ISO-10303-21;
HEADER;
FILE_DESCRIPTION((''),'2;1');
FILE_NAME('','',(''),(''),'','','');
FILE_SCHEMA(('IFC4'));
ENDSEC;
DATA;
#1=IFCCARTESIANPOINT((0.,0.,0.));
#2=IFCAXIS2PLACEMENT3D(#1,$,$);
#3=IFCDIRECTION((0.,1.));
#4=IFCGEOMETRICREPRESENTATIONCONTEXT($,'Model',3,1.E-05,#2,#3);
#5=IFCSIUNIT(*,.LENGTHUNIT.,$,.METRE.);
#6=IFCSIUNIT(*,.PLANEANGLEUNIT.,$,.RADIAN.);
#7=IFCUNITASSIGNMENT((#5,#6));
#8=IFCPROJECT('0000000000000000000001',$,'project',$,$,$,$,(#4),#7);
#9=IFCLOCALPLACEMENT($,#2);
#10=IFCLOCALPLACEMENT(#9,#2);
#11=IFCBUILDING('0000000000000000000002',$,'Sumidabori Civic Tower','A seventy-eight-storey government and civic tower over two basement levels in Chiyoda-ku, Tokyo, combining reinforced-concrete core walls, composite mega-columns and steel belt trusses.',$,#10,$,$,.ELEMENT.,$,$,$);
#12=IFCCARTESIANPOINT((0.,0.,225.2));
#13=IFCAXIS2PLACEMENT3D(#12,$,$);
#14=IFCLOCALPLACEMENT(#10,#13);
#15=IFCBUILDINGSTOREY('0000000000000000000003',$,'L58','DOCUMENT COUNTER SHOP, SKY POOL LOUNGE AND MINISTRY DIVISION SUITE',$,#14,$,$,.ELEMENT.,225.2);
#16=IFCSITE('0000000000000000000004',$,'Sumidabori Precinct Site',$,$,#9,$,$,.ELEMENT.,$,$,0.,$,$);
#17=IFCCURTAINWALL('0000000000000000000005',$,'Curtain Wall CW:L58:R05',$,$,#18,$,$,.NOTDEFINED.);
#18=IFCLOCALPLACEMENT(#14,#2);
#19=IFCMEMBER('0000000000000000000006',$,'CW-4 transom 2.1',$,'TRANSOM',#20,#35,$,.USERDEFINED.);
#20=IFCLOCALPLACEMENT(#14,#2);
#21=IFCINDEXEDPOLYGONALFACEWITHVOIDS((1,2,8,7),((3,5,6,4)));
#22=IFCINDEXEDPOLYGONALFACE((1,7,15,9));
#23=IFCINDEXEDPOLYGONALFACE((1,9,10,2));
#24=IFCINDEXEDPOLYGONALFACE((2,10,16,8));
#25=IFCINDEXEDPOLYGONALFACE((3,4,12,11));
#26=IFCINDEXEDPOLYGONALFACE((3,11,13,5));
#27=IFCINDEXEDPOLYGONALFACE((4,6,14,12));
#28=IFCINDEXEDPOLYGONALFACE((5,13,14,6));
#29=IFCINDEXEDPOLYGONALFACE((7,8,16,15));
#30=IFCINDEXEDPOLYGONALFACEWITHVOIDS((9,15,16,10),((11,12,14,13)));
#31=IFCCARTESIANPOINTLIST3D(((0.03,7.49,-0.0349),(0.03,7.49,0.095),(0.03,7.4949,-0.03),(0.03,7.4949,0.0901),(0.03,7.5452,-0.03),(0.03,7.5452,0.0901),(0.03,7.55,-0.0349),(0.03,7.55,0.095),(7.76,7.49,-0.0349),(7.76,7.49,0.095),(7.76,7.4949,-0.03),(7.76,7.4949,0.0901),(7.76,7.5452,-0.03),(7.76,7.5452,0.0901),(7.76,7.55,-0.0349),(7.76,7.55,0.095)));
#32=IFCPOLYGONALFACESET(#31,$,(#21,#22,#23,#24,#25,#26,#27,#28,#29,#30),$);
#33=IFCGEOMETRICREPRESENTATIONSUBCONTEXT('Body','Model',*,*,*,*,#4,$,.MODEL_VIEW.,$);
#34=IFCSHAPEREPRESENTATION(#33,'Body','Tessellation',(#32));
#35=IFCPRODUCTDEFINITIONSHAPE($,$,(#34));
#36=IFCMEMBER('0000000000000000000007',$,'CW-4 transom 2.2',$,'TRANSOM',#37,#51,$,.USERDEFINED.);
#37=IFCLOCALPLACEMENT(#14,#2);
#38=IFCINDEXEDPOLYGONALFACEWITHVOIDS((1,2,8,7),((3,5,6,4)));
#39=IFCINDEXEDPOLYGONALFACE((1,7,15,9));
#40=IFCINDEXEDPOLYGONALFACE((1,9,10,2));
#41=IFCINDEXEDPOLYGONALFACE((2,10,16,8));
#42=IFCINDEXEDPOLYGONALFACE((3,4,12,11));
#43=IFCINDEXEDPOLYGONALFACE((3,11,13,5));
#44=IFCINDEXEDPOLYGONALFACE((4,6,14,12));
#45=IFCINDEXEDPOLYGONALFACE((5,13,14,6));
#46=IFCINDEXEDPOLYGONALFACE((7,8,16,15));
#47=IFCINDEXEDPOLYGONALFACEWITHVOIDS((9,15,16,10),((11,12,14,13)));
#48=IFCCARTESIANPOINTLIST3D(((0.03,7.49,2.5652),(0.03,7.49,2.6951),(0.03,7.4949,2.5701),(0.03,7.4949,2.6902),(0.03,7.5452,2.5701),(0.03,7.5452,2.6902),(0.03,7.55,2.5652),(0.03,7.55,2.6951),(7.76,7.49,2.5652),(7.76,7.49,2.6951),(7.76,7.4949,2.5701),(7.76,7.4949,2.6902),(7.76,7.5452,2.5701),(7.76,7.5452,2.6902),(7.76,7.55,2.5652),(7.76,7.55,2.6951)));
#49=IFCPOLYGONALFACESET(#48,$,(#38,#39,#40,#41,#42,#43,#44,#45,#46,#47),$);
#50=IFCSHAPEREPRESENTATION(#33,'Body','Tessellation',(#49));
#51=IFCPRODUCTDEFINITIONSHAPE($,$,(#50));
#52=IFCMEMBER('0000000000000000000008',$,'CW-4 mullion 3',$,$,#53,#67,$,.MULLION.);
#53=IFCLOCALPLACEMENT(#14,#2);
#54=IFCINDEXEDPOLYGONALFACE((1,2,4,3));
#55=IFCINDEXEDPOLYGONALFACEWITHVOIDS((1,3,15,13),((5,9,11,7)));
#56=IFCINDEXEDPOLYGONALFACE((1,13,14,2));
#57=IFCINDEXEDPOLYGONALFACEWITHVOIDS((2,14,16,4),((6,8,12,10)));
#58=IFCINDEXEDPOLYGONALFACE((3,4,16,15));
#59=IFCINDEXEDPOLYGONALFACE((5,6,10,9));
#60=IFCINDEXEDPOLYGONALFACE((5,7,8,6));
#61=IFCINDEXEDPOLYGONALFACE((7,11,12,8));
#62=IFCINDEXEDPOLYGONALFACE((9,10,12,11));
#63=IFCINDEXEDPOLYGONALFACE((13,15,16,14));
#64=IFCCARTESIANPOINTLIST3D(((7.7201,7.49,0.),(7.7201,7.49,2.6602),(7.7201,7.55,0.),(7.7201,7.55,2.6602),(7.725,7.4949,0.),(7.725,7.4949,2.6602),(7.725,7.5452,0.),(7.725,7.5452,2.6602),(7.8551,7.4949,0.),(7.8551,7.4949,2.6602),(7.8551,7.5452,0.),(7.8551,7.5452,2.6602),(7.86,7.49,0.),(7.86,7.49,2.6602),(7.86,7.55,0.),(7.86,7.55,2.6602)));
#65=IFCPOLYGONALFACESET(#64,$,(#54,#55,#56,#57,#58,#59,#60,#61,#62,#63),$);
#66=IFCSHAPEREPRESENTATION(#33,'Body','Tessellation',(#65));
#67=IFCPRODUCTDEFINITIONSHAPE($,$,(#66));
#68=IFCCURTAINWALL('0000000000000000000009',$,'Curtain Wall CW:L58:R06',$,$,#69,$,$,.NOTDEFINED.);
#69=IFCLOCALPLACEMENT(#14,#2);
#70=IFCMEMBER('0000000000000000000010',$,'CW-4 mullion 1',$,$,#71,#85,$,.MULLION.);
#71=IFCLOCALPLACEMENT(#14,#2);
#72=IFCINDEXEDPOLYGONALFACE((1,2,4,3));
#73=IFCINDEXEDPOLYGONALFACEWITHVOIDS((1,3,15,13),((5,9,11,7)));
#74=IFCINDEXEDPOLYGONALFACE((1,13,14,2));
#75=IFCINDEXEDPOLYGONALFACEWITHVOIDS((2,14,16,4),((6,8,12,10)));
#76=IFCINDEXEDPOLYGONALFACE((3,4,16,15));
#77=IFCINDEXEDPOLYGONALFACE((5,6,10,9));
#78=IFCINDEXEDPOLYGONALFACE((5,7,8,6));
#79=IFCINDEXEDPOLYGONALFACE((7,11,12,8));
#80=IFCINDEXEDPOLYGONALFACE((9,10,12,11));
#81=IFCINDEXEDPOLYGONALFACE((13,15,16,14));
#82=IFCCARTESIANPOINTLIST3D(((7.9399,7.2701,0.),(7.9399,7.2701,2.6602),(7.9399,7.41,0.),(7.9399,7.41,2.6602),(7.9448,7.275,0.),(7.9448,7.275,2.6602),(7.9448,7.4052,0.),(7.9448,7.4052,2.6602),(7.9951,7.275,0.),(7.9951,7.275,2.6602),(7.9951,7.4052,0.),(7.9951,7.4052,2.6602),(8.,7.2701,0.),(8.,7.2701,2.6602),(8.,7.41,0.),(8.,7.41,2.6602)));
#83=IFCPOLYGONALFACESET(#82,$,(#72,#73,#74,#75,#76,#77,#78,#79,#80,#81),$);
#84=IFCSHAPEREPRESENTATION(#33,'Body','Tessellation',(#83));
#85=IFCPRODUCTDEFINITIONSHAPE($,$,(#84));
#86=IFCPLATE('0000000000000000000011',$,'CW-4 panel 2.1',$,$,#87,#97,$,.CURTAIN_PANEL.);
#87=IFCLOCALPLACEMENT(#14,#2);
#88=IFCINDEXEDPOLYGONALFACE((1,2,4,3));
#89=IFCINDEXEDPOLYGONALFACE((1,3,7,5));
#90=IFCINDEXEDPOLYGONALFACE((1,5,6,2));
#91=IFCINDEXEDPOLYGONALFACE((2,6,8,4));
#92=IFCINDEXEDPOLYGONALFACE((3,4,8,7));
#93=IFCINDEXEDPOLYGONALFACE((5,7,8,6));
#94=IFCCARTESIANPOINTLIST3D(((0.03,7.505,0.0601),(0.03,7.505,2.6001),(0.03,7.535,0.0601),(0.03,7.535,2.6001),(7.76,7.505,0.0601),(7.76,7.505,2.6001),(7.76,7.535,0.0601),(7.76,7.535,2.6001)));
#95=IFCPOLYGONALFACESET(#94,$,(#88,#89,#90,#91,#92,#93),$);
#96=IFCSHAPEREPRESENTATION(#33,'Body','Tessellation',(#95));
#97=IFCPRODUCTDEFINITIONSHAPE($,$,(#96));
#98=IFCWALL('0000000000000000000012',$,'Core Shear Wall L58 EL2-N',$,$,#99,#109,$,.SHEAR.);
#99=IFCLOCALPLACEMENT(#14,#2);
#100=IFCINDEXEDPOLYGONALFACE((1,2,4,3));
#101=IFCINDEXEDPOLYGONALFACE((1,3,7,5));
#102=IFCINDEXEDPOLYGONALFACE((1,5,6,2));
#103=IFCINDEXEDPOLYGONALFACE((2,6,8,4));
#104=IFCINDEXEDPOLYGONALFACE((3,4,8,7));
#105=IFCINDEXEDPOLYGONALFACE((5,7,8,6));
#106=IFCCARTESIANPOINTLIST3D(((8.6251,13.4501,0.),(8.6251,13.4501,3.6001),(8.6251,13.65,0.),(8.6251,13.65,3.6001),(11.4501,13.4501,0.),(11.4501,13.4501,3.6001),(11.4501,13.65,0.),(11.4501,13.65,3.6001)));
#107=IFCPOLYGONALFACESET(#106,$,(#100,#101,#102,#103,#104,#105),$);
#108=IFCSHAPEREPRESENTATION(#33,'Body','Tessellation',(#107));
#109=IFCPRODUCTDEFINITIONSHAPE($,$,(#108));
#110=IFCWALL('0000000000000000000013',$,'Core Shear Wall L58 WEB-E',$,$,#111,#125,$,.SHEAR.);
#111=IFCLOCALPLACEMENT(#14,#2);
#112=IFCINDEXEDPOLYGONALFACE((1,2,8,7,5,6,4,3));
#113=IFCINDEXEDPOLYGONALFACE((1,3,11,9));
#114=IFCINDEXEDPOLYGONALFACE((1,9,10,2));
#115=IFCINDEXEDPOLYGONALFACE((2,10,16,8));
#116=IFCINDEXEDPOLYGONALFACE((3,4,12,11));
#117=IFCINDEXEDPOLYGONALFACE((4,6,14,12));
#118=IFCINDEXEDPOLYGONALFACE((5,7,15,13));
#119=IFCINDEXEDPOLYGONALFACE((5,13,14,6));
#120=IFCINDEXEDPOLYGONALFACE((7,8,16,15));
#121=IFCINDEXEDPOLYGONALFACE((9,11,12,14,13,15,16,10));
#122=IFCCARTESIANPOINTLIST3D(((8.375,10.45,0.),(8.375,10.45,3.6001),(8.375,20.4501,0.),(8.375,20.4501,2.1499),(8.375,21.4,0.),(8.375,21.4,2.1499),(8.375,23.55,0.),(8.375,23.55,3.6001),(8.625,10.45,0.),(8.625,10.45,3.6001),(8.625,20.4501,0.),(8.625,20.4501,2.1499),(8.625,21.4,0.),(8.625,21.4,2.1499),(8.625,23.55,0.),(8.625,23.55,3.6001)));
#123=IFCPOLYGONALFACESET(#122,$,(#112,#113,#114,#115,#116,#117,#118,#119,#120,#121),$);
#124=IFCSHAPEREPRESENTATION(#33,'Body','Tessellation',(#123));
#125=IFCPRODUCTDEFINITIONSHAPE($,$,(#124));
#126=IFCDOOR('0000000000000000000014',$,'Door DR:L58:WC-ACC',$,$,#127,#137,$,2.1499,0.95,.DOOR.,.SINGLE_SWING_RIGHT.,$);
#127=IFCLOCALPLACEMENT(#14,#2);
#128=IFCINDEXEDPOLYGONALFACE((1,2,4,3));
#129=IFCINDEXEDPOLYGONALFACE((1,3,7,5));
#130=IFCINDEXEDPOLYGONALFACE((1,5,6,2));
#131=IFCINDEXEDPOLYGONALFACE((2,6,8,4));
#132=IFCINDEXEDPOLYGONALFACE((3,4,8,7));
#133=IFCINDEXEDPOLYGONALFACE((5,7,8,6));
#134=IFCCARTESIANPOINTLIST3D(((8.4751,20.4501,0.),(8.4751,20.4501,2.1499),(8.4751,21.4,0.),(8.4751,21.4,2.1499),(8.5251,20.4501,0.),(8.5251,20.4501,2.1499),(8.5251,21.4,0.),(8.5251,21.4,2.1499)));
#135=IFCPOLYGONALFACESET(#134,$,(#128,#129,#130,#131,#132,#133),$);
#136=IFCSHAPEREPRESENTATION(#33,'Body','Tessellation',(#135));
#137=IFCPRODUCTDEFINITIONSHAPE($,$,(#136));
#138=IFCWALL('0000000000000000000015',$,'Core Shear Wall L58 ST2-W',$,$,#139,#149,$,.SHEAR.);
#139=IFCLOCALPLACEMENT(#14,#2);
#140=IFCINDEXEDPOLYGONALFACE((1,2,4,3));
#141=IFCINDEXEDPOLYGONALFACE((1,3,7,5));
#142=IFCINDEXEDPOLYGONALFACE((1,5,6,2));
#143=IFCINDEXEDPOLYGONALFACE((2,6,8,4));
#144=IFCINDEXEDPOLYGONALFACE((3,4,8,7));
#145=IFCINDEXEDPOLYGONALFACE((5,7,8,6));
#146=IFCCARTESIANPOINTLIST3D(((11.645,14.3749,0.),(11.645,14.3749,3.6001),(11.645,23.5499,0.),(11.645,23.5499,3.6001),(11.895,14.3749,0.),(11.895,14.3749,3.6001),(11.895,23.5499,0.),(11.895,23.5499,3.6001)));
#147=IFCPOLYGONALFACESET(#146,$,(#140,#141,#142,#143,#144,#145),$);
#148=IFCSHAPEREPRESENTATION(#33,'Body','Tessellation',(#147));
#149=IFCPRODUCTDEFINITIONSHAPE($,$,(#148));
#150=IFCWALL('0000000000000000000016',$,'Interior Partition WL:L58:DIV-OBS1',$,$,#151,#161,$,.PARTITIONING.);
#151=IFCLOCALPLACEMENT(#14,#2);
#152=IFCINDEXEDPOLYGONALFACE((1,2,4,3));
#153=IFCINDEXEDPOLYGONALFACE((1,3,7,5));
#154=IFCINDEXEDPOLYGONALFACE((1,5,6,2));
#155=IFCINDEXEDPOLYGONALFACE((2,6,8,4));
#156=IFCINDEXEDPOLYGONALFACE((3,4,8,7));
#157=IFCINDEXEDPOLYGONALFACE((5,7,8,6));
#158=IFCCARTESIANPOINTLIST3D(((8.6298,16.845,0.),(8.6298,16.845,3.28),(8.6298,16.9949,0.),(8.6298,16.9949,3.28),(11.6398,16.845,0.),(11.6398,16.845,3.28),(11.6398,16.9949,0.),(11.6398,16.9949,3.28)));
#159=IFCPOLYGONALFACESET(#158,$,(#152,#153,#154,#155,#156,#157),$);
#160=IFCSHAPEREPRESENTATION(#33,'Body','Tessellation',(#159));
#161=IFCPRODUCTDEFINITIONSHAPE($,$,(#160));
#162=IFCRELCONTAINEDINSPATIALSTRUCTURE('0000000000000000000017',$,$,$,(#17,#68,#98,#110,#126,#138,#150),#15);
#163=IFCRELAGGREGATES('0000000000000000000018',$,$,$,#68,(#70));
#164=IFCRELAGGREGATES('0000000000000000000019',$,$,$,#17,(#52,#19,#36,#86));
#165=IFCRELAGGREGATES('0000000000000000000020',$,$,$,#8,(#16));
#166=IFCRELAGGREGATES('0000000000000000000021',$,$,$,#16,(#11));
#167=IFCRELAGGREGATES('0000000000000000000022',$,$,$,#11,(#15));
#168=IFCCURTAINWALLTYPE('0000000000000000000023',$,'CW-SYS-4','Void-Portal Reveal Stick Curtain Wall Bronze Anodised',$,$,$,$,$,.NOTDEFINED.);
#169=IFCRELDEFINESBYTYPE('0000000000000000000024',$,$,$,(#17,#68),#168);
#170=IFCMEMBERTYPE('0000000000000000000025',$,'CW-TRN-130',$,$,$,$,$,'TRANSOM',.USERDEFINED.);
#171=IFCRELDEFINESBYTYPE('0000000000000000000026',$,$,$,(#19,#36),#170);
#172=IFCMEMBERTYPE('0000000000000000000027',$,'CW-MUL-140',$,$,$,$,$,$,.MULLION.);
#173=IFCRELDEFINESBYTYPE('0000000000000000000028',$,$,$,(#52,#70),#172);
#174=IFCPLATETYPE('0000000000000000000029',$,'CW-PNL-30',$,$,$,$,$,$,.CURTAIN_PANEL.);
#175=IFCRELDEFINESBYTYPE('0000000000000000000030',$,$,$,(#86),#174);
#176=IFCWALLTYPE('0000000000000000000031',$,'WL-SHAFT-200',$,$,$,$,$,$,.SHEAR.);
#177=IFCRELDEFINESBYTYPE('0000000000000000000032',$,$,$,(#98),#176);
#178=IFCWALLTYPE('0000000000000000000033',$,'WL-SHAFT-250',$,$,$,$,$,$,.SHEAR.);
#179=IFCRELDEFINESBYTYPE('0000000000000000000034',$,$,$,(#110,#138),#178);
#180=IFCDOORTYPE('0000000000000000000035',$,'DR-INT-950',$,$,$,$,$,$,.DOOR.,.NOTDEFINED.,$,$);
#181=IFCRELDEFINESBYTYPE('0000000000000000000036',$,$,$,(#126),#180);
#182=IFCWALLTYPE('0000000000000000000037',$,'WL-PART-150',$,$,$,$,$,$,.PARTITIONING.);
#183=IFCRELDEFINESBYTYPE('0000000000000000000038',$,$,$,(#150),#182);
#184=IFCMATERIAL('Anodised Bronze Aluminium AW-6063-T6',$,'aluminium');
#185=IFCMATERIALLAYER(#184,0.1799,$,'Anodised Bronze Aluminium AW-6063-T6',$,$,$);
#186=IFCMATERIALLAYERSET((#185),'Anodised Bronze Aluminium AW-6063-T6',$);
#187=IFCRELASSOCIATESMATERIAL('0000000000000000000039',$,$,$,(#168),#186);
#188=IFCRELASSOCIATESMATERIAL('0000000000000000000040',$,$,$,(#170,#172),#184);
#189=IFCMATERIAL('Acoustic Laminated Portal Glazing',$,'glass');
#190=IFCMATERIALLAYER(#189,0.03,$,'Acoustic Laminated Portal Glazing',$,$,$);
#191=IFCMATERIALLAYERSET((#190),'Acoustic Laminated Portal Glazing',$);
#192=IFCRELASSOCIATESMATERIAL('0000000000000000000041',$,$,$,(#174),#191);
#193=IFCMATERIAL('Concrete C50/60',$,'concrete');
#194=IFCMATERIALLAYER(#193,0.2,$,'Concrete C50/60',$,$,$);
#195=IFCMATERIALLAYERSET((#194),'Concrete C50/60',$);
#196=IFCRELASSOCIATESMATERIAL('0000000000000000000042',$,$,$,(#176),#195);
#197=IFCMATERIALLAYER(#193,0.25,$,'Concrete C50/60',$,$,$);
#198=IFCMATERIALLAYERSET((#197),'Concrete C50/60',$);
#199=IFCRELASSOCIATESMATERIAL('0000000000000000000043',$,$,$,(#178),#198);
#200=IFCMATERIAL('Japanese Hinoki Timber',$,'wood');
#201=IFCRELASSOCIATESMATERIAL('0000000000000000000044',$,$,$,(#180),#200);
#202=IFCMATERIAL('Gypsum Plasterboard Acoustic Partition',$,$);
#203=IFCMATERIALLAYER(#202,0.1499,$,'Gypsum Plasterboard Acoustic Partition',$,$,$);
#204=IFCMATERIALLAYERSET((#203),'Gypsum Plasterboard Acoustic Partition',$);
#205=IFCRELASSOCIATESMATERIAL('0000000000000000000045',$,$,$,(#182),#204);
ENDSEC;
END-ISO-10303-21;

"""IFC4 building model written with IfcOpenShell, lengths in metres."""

from ifc_helpers import new_model, si_unit, direction, frame, frame_2d, origin, origin_2d, place, context, subcontext, project, spatial, rectangle, hollow_rectangle, extrude, source, transform, mapped, material, layer, layer_set, material_profile, profile_set, type_object, element, fill, aggregate, save


model = new_model("IFC4")

# Units and contexts
model_context = context("Model", 3, precision=1e-05, world=origin(), true_north=direction((0.0, 1.0)))
body_context = subcontext(model_context, "Body", "Model", "MODEL_VIEW")
ifc_project = project(units=[si_unit("LENGTHUNIT", "METRE"), si_unit("PLANEANGLEUNIT", "RADIAN")], contexts=[model_context])

# Site, building, storey
site_placement = place(None, origin())
site = spatial("IfcSite", under=ifc_project, at=site_placement, Name="Sumidabori Precinct Site", CompositionType="ELEMENT", RefElevation=0.0)
building_placement = place(site_placement, origin())
building = spatial("IfcBuilding", under=site, at=building_placement, Name="Sumidabori Civic Tower", Description="A seventy-eight-storey government and civic tower over two basement levels in Chiyoda-ku, Tokyo, combining reinforced-concrete core walls, composite mega-columns and steel belt trusses.", CompositionType="ELEMENT")
storey_placement = place(building_placement, frame((0.0, 0.0, 225.2)))
storey = spatial("IfcBuildingStorey", under=building, at=storey_placement, Name="L58", Description="DOCUMENT COUNTER SHOP, SKY POOL LOUNGE AND MINISTRY DIVISION SUITE", CompositionType="ELEMENT", Elevation=225.2)

# Curtain wall, members
ifc_material_1 = material(Name="Anodised Bronze Aluminium AW-6063-T6", Category="aluminium")
ifc_layer_1 = layer(ifc_material_1, 0.1799, Name="Anodised Bronze Aluminium AW-6063-T6")
ifc_layer_set_1 = layer_set([ifc_layer_1], Name="Anodised Bronze Aluminium AW-6063-T6")
curtain_wall_type = type_object("IfcCurtainWallType", Name="CW-SYS-4", Description="Void-Portal Reveal Stick Curtain Wall Bronze Anodised", PredefinedType="NOTDEFINED", material=ifc_layer_set_1)
curtain_wall_1_placement = place(storey_placement, origin())
curtain_wall_1 = element("IfcCurtainWall", 1, at=curtain_wall_1_placement, inside=storey, type_object=curtain_wall_type, Name="Curtain Wall CW:L58:R05", PredefinedType="NOTDEFINED")
ifc_material_profile_1 = material_profile(ifc_material_1, hollow_rectangle(XDim=0.0601, YDim=0.1299, WallThickness=0.0049, at=origin_2d()), Name="ALU TRANSOM 130x60")
ifc_profile_set_1 = profile_set([ifc_material_profile_1], Name="Anodised Bronze Aluminium AW-6063-T6")
member_type_1 = type_object("IfcMemberType", Name="CW-TRN-130", ElementType="TRANSOM", PredefinedType="USERDEFINED", material=ifc_profile_set_1)
shared_shape_1 = source(origin(), body_context, "Body", "SweptSolid", [
    extrude(hollow_rectangle(XDim=0.0601, YDim=0.1299, WallThickness=0.0049, at=origin_2d()), origin(), (0.0, 0.0, 1.0), 7.73),
])
member_1_placement = place(storey_placement, frame((0.03, 7.52, 0.03), z_axis=(1.0, 0.0, 0.0), x_axis=(0.0, 1.0, 0.0)))
member_1 = element("IfcMember", 2, at=member_1_placement, type_object=member_type_1, Name="CW-4 transom 2.1", ObjectType="TRANSOM", PredefinedType="USERDEFINED", context=body_context, shape_type="MappedRepresentation", body=[
    mapped(shared_shape_1, transform((0.0, 0.0, 0.0), x_axis=(1.0, 0.0, 0.0), y_axis=(0.0, 1.0, 0.0), z_axis=(0.0, 0.0, 1.0), scale=1.0)),
])
member_2_placement = place(storey_placement, frame((0.03, 7.52, 2.6301), z_axis=(1.0, 0.0, 0.0), x_axis=(0.0, 1.0, 0.0)))
member_2 = element("IfcMember", 3, at=member_2_placement, type_object=member_type_1, Name="CW-4 transom 2.2", ObjectType="TRANSOM", PredefinedType="USERDEFINED", context=body_context, shape_type="MappedRepresentation", body=[
    mapped(shared_shape_1, transform((0.0, 0.0, 0.0), x_axis=(1.0, 0.0, 0.0), y_axis=(0.0, 1.0, 0.0), z_axis=(0.0, 0.0, 1.0), scale=1.0)),
])
ifc_material_profile_2 = material_profile(ifc_material_1, hollow_rectangle(XDim=0.0601, YDim=0.1399, WallThickness=0.0049, at=origin_2d()), Name="ALU MULLION 140x60")
ifc_profile_set_2 = profile_set([ifc_material_profile_2], Name="Anodised Bronze Aluminium AW-6063-T6")
member_type_2 = type_object("IfcMemberType", Name="CW-MUL-140", PredefinedType="MULLION", material=ifc_profile_set_2)
shared_shape_2 = source(origin(), body_context, "Body", "SweptSolid", [
    extrude(hollow_rectangle(XDim=0.0601, YDim=0.1399, WallThickness=0.0049, at=origin_2d()), origin(), (0.0, 0.0, 1.0), 2.6602),
])
member_3_placement = place(storey_placement, frame((7.79, 7.52, 0.0), z_axis=(0.0, 0.0, 1.0), x_axis=(0.0, 1.0, 0.0)))
member_3 = element("IfcMember", 4, at=member_3_placement, type_object=member_type_2, Name="CW-4 mullion 3", PredefinedType="MULLION", context=body_context, shape_type="MappedRepresentation", body=[
    mapped(shared_shape_2, transform((0.0, 0.0, 0.0), x_axis=(1.0, 0.0, 0.0), y_axis=(0.0, 1.0, 0.0), z_axis=(0.0, 0.0, 1.0), scale=1.0)),
])

# Curtain wall, member
curtain_wall_2_placement = place(storey_placement, origin())
curtain_wall_2 = element("IfcCurtainWall", 5, at=curtain_wall_2_placement, inside=storey, type_object=curtain_wall_type, Name="Curtain Wall CW:L58:R06", PredefinedType="NOTDEFINED")
member_4_placement = place(storey_placement, frame((7.97, 7.3401, 0.0), z_axis=(0.0, 0.0, 1.0), x_axis=(1.0, 0.0, 0.0)))
member_4 = element("IfcMember", 6, at=member_4_placement, type_object=member_type_2, Name="CW-4 mullion 1", PredefinedType="MULLION", context=body_context, shape_type="MappedRepresentation", body=[
    mapped(shared_shape_2, transform((0.0, 0.0, 0.0), x_axis=(1.0, 0.0, 0.0), y_axis=(0.0, 1.0, 0.0), z_axis=(0.0, 0.0, 1.0), scale=1.0)),
])
aggregate(curtain_wall_2, [member_4])

# Plate
ifc_material_2 = material(Name="Acoustic Laminated Portal Glazing", Category="glass")
ifc_layer_2 = layer(ifc_material_2, 0.03, Name="Acoustic Laminated Portal Glazing")
ifc_layer_set_2 = layer_set([ifc_layer_2], Name="Acoustic Laminated Portal Glazing")
plate_type = type_object("IfcPlateType", Name="CW-PNL-30", PredefinedType="CURTAIN_PANEL", material=ifc_layer_set_2)
shared_shape_3 = source(origin(), body_context, "Body", "SweptSolid", [
    extrude(rectangle(XDim=7.73, YDim=0.03, at=origin_2d()), origin(), (0.0, 0.0, 1.0), 2.54),
])
plate_placement = place(storey_placement, frame((3.895, 7.52, 0.0601), z_axis=(0.0, 0.0, 1.0), x_axis=(1.0, 0.0, 0.0)))
plate = element("IfcPlate", 7, at=plate_placement, type_object=plate_type, Name="CW-4 panel 2.1", PredefinedType="CURTAIN_PANEL", context=body_context, shape_type="MappedRepresentation", body=[
    mapped(shared_shape_3, transform((0.0, 0.0, 0.0), x_axis=(1.0, 0.0, 0.0), y_axis=(0.0, 1.0, 0.0), z_axis=(0.0, 0.0, 1.0), scale=1.0)),
])
aggregate(curtain_wall_1, [member_3, member_1, member_2, plate])

# Wall
ifc_material_3 = material(Name="Concrete C50/60", Category="concrete")
ifc_layer_3 = layer(ifc_material_3, 0.2, Name="Concrete C50/60")
ifc_layer_set_3 = layer_set([ifc_layer_3], Name="Concrete C50/60")
wall_type_1 = type_object("IfcWallType", Name="WL-SHAFT-200", PredefinedType="SHEAR", material=ifc_layer_set_3)
shared_shape_4 = source(origin(), body_context, "Body", "SweptSolid", [
    extrude(rectangle(XDim=2.825, YDim=0.2, at=frame_2d((1.4126, 0.0))), origin(), (0.0, 0.0, 1.0), 3.6001),
])
wall_1_placement = place(storey_placement, frame((8.625, 13.55, 0.0), z_axis=(0.0, 0.0, 1.0), x_axis=(1.0, 0.0, 0.0)))
element("IfcWall", 8, at=wall_1_placement, inside=storey, type_object=wall_type_1, Name="Core Shear Wall L58 EL2-N", PredefinedType="SHEAR", context=body_context, shape_type="MappedRepresentation", body=[
    mapped(shared_shape_4, transform((0.0, 0.0, 0.0), x_axis=(1.0, 0.0, 0.0), y_axis=(0.0, 1.0, 0.0), z_axis=(0.0, 0.0, 1.0), scale=1.0)),
])

# Wall, opening, door
ifc_layer_4 = layer(ifc_material_3, 0.25, Name="Concrete C50/60")
ifc_layer_set_4 = layer_set([ifc_layer_4], Name="Concrete C50/60")
wall_type_2 = type_object("IfcWallType", Name="WL-SHAFT-250", PredefinedType="SHEAR", material=ifc_layer_set_4)
shared_shape_5 = source(origin(), body_context, "Body", "SweptSolid", [
    extrude(rectangle(XDim=13.1001, YDim=0.25, at=frame_2d((6.55, 0.0))), origin(), (0.0, 0.0, 1.0), 3.6001),
])
wall_2_placement = place(storey_placement, frame((8.5, 10.45, 0.0), z_axis=(0.0, 0.0, 1.0), x_axis=(0.0, 1.0, 0.0)))
wall_2 = element("IfcWall", 9, at=wall_2_placement, inside=storey, type_object=wall_type_2, Name="Core Shear Wall L58 WEB-E", PredefinedType="SHEAR", context=body_context, shape_type="MappedRepresentation", body=[
    mapped(shared_shape_5, transform((0.0, 0.0, 0.0), x_axis=(1.0, 0.0, 0.0), y_axis=(0.0, 1.0, 0.0), z_axis=(0.0, 0.0, 1.0), scale=1.0)),
])
opening_1_placement = place(wall_2_placement, frame((10.0, 0.0, 0.0)))
opening_1 = element("IfcOpeningElement", 10, at=opening_1_placement, cuts=wall_2, PredefinedType="OPENING", context=body_context, shape_type="SweptSolid", body=[
    extrude(rectangle(XDim=0.95, YDim=2.1499, at=frame_2d((0.4751, 1.075))), frame((0.0, 0.137, 0.0), z_axis=(0.0, -1.0, 0.0), x_axis=(1.0, 0.0, 0.0)), (0.0, 0.0, 1.0), 0.2739),
])
ifc_material_4 = material(Name="Japanese Hinoki Timber", Category="wood")
door_type_1 = type_object("IfcDoorType", Name="DR-INT-950", OperationType="NOTDEFINED", PredefinedType="DOOR", material=ifc_material_4)
shared_shape_6 = source(origin(), body_context, "Body", "SweptSolid", [
    extrude(rectangle(XDim=0.95, YDim=2.1499, at=frame_2d((0.4751, 1.075))), frame((0.0, 0.0249, 0.0), z_axis=(0.0, -1.0, 0.0), x_axis=(1.0, 0.0, 0.0)), (0.0, 0.0, 1.0), 0.05),
])
door_1_placement = place(opening_1_placement, origin())
door_1 = element("IfcDoor", 11, at=door_1_placement, inside=storey, type_object=door_type_1, Name="Door DR:L58:WC-ACC", OperationType="SINGLE_SWING_RIGHT", OverallHeight=2.1499, OverallWidth=0.95, PredefinedType="DOOR", context=body_context, shape_type="MappedRepresentation", body=[
    mapped(shared_shape_6, transform((0.0, 0.0, 0.0), x_axis=(1.0, 0.0, 0.0), y_axis=(0.0, 1.0, 0.0), z_axis=(0.0, 0.0, 1.0), scale=1.0)),
])
fill(opening_1, door_1)

# Wall
shared_shape_7 = source(origin(), body_context, "Body", "SweptSolid", [
    extrude(rectangle(XDim=9.175, YDim=0.25, at=frame_2d((4.5874, 0.0))), origin(), (0.0, 0.0, 1.0), 3.6001),
])
wall_3_placement = place(storey_placement, frame((11.77, 14.375, 0.0), z_axis=(0.0, 0.0, 1.0), x_axis=(0.0, 1.0, 0.0)))
element("IfcWall", 12, at=wall_3_placement, inside=storey, type_object=wall_type_2, Name="Core Shear Wall L58 ST2-W", PredefinedType="SHEAR", context=body_context, shape_type="MappedRepresentation", body=[
    mapped(shared_shape_7, transform((0.0, 0.0, 0.0), x_axis=(1.0, 0.0, 0.0), y_axis=(0.0, 1.0, 0.0), z_axis=(0.0, 0.0, 1.0), scale=1.0)),
])

# Wall
ifc_material_5 = material(Name="Gypsum Plasterboard Acoustic Partition")
ifc_layer_5 = layer(ifc_material_5, 0.1499, Name="Gypsum Plasterboard Acoustic Partition")
ifc_layer_set_5 = layer_set([ifc_layer_5], Name="Gypsum Plasterboard Acoustic Partition")
wall_type_3 = type_object("IfcWallType", Name="WL-PART-150", PredefinedType="PARTITIONING", material=ifc_layer_set_5)
shared_shape_8 = source(origin(), body_context, "Body", "SweptSolid", [
    extrude(rectangle(XDim=3.01, YDim=0.1499, at=frame_2d((1.5049, 0.0))), origin(), (0.0, 0.0, 1.0), 3.28),
])
wall_4_placement = place(storey_placement, frame((8.6299, 16.9199, 0.0), z_axis=(0.0, 0.0, 1.0), x_axis=(1.0, 0.0, 0.0)))
element("IfcWall", 13, at=wall_4_placement, inside=storey, type_object=wall_type_3, Name="Interior Partition WL:L58:DIV-OBS1", PredefinedType="PARTITIONING", context=body_context, shape_type="MappedRepresentation", body=[
    mapped(shared_shape_8, transform((0.0, 0.0, 0.0), x_axis=(1.0, 0.0, 0.0), y_axis=(0.0, 1.0, 0.0), z_axis=(0.0, 0.0, 1.0), scale=1.0)),
])

save(model, "model.ifc")
